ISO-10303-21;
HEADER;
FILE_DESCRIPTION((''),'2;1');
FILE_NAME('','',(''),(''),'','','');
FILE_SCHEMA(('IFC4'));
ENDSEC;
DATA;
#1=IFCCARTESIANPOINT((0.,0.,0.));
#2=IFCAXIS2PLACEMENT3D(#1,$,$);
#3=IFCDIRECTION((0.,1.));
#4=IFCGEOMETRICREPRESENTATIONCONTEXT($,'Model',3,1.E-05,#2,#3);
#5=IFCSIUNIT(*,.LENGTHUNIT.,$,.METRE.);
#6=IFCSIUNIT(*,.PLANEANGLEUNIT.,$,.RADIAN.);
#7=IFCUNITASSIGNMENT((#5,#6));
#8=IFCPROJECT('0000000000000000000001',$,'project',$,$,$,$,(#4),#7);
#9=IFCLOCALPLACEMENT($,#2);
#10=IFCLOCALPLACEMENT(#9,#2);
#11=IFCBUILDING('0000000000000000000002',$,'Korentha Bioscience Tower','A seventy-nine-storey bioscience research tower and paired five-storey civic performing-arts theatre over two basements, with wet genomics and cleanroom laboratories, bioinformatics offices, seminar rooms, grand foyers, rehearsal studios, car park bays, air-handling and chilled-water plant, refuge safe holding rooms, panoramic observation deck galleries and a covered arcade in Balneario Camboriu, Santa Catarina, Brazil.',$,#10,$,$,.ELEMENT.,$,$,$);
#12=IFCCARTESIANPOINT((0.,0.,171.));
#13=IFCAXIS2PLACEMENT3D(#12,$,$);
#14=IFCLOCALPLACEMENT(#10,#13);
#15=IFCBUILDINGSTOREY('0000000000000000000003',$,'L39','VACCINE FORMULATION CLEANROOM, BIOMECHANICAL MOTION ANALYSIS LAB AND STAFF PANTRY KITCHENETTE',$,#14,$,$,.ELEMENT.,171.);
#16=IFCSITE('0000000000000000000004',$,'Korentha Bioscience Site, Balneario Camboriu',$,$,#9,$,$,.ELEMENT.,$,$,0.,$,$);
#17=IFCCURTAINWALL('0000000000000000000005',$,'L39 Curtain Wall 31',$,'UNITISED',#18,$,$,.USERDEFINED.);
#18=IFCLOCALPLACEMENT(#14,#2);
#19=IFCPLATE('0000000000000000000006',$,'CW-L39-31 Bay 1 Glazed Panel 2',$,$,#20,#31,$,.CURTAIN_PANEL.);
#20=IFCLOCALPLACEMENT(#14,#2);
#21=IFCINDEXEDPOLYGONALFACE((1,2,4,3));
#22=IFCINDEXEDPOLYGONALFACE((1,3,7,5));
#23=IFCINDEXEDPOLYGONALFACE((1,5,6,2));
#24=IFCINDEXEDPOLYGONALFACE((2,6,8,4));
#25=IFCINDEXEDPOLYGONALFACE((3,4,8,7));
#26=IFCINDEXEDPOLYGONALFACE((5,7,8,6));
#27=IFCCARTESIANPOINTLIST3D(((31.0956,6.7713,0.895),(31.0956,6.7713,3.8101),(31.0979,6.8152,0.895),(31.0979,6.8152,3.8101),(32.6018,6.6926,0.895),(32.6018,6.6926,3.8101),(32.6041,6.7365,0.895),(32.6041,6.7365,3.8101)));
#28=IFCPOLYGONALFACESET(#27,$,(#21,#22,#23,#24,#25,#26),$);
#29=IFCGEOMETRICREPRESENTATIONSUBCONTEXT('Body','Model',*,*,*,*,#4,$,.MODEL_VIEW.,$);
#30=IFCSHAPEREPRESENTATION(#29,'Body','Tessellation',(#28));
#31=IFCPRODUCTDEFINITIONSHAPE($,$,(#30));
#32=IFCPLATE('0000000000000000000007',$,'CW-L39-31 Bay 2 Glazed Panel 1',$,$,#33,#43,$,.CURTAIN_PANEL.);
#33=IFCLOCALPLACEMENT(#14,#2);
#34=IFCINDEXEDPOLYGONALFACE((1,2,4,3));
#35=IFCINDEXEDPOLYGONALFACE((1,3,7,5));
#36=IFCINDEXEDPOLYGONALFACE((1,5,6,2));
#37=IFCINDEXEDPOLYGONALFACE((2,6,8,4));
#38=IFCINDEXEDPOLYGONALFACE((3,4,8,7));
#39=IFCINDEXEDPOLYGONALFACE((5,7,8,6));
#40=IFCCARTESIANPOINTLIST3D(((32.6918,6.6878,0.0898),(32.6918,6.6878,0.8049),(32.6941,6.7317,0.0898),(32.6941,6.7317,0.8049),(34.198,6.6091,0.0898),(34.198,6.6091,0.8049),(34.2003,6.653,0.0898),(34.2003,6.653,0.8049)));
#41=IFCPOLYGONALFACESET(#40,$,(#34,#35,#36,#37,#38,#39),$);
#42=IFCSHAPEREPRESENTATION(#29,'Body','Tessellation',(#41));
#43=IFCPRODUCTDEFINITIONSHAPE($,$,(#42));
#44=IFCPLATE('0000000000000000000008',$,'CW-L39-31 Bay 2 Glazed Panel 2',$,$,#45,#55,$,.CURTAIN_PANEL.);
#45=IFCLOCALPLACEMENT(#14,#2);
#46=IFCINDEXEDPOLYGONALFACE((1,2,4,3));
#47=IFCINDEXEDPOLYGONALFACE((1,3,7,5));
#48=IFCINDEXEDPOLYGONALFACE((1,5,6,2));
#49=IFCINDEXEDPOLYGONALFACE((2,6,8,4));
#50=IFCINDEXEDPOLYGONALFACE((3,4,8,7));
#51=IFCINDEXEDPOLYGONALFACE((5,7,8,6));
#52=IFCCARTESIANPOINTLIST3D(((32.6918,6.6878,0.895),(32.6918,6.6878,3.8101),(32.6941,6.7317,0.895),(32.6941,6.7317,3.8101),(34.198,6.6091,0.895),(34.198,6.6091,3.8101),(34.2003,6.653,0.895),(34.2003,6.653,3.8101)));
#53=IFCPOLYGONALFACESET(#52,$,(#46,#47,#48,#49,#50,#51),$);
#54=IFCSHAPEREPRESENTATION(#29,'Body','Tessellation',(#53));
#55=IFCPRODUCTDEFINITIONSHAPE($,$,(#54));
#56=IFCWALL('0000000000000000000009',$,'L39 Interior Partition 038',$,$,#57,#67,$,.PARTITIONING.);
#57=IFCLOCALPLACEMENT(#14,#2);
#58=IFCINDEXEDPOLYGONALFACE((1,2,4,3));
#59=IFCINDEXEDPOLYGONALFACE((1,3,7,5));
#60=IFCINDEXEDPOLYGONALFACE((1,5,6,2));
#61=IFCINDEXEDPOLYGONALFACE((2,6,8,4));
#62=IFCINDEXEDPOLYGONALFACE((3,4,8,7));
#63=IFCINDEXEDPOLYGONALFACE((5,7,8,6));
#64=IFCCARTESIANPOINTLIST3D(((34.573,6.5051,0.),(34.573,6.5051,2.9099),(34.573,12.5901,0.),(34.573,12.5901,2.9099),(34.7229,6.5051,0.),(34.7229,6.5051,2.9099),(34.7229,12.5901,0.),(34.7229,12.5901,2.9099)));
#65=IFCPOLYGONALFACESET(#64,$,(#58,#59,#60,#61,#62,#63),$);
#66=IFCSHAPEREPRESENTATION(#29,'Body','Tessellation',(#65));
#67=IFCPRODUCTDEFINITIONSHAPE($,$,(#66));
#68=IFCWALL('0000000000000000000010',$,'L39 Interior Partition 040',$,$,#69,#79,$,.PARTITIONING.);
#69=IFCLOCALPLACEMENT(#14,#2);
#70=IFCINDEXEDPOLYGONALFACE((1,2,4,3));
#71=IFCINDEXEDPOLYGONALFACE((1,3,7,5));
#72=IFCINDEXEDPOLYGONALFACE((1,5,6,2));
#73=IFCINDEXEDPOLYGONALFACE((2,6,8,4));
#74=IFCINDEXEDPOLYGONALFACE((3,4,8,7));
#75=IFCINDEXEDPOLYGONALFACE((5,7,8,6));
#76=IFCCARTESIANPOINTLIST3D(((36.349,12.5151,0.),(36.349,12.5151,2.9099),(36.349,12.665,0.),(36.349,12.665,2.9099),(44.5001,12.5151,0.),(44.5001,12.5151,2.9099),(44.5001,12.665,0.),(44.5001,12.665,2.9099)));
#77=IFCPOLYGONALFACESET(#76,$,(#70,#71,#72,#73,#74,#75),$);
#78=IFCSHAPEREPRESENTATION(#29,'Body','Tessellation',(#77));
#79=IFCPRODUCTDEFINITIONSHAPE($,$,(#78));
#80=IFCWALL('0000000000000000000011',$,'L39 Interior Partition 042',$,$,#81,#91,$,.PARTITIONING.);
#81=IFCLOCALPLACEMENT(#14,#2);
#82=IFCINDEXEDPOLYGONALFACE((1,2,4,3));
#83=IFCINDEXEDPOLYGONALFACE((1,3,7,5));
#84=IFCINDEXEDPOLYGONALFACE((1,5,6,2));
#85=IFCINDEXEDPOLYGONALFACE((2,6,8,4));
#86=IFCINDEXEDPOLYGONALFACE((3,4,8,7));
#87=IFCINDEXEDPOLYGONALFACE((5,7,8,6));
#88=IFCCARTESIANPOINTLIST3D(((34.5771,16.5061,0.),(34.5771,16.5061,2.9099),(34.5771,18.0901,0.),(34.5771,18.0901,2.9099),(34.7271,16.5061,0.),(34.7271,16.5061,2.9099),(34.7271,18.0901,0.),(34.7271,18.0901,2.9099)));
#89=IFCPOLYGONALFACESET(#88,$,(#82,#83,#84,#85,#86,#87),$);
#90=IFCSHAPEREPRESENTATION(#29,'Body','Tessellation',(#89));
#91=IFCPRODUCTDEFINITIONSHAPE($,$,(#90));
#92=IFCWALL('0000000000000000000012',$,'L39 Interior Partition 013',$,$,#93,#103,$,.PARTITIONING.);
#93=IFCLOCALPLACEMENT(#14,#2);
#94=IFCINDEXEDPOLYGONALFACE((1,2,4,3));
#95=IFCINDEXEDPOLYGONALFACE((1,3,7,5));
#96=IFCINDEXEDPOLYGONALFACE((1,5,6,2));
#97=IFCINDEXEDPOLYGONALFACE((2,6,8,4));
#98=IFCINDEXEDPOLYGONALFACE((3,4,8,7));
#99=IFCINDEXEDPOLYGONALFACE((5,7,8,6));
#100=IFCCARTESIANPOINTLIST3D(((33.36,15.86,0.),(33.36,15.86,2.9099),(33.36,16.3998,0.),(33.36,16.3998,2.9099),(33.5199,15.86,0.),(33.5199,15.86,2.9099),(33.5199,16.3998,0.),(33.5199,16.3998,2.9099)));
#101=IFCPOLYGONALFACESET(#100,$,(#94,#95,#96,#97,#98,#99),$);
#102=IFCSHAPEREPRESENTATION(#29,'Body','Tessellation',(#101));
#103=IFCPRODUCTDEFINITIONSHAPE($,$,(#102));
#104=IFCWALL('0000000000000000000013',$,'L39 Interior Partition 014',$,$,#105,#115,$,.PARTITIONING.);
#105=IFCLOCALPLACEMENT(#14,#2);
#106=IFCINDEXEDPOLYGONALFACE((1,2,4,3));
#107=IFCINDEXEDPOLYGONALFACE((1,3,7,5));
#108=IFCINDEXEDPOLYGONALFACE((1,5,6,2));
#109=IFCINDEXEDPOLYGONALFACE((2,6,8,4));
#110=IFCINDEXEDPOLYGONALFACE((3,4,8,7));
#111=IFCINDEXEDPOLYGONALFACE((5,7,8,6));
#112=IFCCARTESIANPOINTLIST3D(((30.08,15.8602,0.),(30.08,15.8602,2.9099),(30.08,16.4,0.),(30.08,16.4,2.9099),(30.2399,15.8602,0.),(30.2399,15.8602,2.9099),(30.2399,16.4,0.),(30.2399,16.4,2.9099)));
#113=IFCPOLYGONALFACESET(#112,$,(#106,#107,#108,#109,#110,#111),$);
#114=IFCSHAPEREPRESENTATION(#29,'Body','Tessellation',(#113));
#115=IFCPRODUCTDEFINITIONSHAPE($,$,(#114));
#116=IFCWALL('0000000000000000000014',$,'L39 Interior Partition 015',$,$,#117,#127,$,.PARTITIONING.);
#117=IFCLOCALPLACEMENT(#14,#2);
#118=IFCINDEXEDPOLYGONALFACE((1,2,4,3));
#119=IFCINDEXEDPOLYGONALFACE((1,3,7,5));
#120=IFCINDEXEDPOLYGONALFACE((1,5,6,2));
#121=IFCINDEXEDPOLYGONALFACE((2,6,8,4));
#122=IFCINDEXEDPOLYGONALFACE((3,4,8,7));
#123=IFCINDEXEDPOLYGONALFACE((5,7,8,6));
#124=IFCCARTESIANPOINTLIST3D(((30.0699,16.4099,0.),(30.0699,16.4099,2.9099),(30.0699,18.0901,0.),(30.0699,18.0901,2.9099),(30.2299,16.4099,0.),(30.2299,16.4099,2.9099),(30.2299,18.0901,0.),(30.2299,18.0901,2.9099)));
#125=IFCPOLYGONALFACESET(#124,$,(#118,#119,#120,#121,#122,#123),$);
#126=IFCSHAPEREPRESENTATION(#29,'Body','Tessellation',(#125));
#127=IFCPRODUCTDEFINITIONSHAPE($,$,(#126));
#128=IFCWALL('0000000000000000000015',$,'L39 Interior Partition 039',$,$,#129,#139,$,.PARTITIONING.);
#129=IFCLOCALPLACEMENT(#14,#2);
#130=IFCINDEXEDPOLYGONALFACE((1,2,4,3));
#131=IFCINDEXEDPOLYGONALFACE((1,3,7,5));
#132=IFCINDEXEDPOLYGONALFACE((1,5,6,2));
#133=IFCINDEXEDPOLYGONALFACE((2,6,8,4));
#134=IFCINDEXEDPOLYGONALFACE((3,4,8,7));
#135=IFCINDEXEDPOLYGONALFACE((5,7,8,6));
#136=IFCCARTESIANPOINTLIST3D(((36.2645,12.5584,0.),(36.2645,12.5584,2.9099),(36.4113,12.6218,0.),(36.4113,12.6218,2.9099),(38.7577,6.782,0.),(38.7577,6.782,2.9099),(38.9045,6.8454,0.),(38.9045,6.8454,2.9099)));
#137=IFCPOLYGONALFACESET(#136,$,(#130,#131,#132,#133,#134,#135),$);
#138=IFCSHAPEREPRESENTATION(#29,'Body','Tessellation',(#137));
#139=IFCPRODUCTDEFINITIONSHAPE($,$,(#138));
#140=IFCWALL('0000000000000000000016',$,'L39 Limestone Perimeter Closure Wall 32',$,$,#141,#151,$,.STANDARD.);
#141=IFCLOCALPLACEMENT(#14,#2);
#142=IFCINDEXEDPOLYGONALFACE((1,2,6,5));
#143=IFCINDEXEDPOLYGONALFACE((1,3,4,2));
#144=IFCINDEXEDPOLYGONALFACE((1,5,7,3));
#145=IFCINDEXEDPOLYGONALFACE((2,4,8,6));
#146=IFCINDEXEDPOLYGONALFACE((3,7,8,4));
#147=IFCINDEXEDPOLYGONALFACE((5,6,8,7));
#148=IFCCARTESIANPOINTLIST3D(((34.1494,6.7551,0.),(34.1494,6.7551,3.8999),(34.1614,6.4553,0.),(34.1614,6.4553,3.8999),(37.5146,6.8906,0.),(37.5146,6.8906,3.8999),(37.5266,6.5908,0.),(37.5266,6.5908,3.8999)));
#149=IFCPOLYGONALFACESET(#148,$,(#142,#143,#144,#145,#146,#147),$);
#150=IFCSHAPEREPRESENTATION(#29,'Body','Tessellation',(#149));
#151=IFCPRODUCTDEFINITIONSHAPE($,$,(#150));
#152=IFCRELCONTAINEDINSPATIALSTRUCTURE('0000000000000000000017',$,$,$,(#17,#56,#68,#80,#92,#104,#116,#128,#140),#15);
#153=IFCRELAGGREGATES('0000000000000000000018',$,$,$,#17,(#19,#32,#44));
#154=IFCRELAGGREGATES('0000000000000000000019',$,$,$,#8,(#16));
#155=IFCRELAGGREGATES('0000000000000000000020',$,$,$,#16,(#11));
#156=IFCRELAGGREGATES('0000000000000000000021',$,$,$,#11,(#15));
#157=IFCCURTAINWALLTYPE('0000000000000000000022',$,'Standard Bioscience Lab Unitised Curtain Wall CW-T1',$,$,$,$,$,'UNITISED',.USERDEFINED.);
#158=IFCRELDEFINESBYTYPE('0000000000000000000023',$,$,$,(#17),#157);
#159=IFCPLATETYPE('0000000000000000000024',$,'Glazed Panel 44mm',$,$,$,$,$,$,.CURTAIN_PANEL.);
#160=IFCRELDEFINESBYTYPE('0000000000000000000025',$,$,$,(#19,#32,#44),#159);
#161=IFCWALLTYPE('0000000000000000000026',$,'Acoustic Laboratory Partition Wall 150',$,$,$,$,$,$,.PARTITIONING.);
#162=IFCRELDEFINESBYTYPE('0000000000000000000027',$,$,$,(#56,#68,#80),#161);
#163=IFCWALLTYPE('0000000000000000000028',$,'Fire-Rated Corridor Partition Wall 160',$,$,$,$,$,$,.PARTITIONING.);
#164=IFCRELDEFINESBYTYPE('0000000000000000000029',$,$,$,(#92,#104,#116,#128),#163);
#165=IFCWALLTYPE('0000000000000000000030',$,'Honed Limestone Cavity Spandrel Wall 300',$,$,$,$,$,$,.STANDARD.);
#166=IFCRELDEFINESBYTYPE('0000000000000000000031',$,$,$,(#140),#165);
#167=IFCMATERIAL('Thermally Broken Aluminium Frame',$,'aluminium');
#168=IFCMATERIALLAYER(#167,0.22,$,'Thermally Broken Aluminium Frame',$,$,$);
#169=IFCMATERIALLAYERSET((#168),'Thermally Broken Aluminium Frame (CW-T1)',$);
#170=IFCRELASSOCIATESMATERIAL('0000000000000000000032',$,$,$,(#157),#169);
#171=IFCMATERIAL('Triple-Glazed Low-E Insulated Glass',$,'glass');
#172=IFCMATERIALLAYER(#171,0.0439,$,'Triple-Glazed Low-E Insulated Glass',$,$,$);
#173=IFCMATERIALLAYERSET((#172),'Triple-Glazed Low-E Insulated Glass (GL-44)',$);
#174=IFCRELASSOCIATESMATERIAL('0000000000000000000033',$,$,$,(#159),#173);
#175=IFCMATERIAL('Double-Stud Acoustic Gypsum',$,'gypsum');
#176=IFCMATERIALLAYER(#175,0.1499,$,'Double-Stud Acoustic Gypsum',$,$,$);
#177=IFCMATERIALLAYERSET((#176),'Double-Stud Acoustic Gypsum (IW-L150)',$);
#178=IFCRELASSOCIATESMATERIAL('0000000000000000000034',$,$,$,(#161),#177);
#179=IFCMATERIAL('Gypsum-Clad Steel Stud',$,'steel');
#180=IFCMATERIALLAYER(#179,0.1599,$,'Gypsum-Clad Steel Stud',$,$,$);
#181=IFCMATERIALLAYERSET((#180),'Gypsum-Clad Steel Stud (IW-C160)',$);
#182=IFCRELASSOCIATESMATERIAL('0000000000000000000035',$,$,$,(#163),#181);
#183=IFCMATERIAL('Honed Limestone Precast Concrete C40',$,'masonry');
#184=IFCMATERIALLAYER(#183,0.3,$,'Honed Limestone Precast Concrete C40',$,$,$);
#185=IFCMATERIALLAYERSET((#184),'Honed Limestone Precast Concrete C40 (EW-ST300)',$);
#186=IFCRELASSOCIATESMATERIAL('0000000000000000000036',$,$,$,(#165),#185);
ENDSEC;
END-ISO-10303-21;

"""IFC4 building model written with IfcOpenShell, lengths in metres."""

from ifc_helpers import new_model, si_unit, direction, frame, frame_2d, origin, origin_2d, place, context, subcontext, project, spatial, rectangle, extrude, material, layer, layer_set, type_object, element, aggregate, save


model = new_model("IFC4")

# Units and contexts
model_context = context("Model", 3, precision=1e-05, world=origin(), true_north=direction((0.0, 1.0)))
body_context = subcontext(model_context, "Body", "Model", "MODEL_VIEW")
ifc_project = project(units=[si_unit("LENGTHUNIT", "METRE"), si_unit("PLANEANGLEUNIT", "RADIAN")], contexts=[model_context])

# Site, building, storey
site_placement = place(None, origin())
site = spatial("IfcSite", under=ifc_project, at=site_placement, Name="Korentha Bioscience Site, Balneario Camboriu", CompositionType="ELEMENT", RefElevation=0.0)
building_placement = place(site_placement, origin())
building = spatial("IfcBuilding", under=site, at=building_placement, Name="Korentha Bioscience Tower", Description="A seventy-nine-storey bioscience research tower and paired five-storey civic performing-arts theatre over two basements, with wet genomics and cleanroom laboratories, bioinformatics offices, seminar rooms, grand foyers, rehearsal studios, car park bays, air-handling and chilled-water plant, refuge safe holding rooms, panoramic observation deck galleries and a covered arcade in Balneario Camboriu, Santa Catarina, Brazil.", CompositionType="ELEMENT")
storey_placement = place(building_placement, frame((0.0, 0.0, 171.0)))
storey = spatial("IfcBuildingStorey", under=building, at=storey_placement, Name="L39", Description="VACCINE FORMULATION CLEANROOM, BIOMECHANICAL MOTION ANALYSIS LAB AND STAFF PANTRY KITCHENETTE", CompositionType="ELEMENT", Elevation=171.0)

# Curtain wall
ifc_material_1 = material(Name="Thermally Broken Aluminium Frame", Category="aluminium")
ifc_layer_1 = layer(ifc_material_1, 0.22, Name="Thermally Broken Aluminium Frame")
ifc_layer_set_1 = layer_set([ifc_layer_1], Name="Thermally Broken Aluminium Frame (CW-T1)")
curtain_wall_type = type_object("IfcCurtainWallType", Name="Standard Bioscience Lab Unitised Curtain Wall CW-T1", ElementType="UNITISED", PredefinedType="USERDEFINED", material=ifc_layer_set_1)
curtain_wall_placement = place(storey_placement, origin())
curtain_wall = element("IfcCurtainWall", 1, at=curtain_wall_placement, inside=storey, type_object=curtain_wall_type, Name="L39 Curtain Wall 31", ObjectType="UNITISED", PredefinedType="USERDEFINED")

# Plates
ifc_material_2 = material(Name="Triple-Glazed Low-E Insulated Glass", Category="glass")
ifc_layer_2 = layer(ifc_material_2, 0.0439, Name="Triple-Glazed Low-E Insulated Glass")
ifc_layer_set_2 = layer_set([ifc_layer_2], Name="Triple-Glazed Low-E Insulated Glass (GL-44)")
plate_type = type_object("IfcPlateType", Name="Glazed Panel 44mm", PredefinedType="CURTAIN_PANEL", material=ifc_layer_set_2)
plate_1_placement = place(storey_placement, frame((31.8499, 6.7539, 0.895), z_axis=(0.0, 0.0, 1.0), x_axis=(0.998638, -0.05218, 0.0)))
plate_1 = element("IfcPlate", 2, at=plate_1_placement, type_object=plate_type, Name="CW-L39-31 Bay 1 Glazed Panel 2", PredefinedType="CURTAIN_PANEL", context=body_context, shape_type="SweptSolid", body=[
    extrude(rectangle(XDim=1.5083, YDim=0.0439, at=origin_2d()), origin(), (0.0, 0.0, 1.0), 2.915),
])
plate_2_placement = place(storey_placement, frame((33.446, 6.6704, 0.0898), z_axis=(0.0, 0.0, 1.0), x_axis=(0.998638, -0.05218, 0.0)))
plate_2 = element("IfcPlate", 3, at=plate_2_placement, type_object=plate_type, Name="CW-L39-31 Bay 2 Glazed Panel 1", PredefinedType="CURTAIN_PANEL", context=body_context, shape_type="SweptSolid", body=[
    extrude(rectangle(XDim=1.5083, YDim=0.0439, at=origin_2d()), origin(), (0.0, 0.0, 1.0), 0.7151),
])
plate_3_placement = place(storey_placement, frame((33.446, 6.6704, 0.895), z_axis=(0.0, 0.0, 1.0), x_axis=(0.998638, -0.05218, 0.0)))
plate_3 = element("IfcPlate", 4, at=plate_3_placement, type_object=plate_type, Name="CW-L39-31 Bay 2 Glazed Panel 2", PredefinedType="CURTAIN_PANEL", context=body_context, shape_type="SweptSolid", body=[
    extrude(rectangle(XDim=1.5083, YDim=0.0439, at=origin_2d()), origin(), (0.0, 0.0, 1.0), 2.915),
])
aggregate(curtain_wall, [plate_1, plate_2, plate_3])

# Walls
ifc_material_3 = material(Name="Double-Stud Acoustic Gypsum", Category="gypsum")
ifc_layer_3 = layer(ifc_material_3, 0.1499, Name="Double-Stud Acoustic Gypsum")
ifc_layer_set_3 = layer_set([ifc_layer_3], Name="Double-Stud Acoustic Gypsum (IW-L150)")
wall_type_1 = type_object("IfcWallType", Name="Acoustic Laboratory Partition Wall 150", PredefinedType="PARTITIONING", material=ifc_layer_set_3)
wall_1_placement = place(storey_placement, frame((34.6479, 12.5901, 0.0), z_axis=(0.0, 0.0, 1.0), x_axis=(0.0, -1.0, 0.0)))
element("IfcWall", 5, at=wall_1_placement, inside=storey, type_object=wall_type_1, Name="L39 Interior Partition 038", PredefinedType="PARTITIONING", context=body_context, shape_type="SweptSolid", body=[
    extrude(rectangle(XDim=6.085, YDim=0.1499, at=frame_2d((3.0425, 0.0))), origin(), (0.0, 0.0, 1.0), 2.9099),
])
wall_2_placement = place(storey_placement, frame((36.3489, 12.5901, 0.0), z_axis=(0.0, 0.0, 1.0), x_axis=(1.0, 0.0, 0.0)))
element("IfcWall", 6, at=wall_2_placement, inside=storey, type_object=wall_type_1, Name="L39 Interior Partition 040", PredefinedType="PARTITIONING", context=body_context, shape_type="SweptSolid", body=[
    extrude(rectangle(XDim=8.1511, YDim=0.1499, at=frame_2d((4.0757, 0.0))), origin(), (0.0, 0.0, 1.0), 2.9099),
])
wall_3_placement = place(storey_placement, frame((34.6521, 16.5061, 0.0), z_axis=(0.0, 0.0, 1.0), x_axis=(0.0, 1.0, 0.0)))
element("IfcWall", 7, at=wall_3_placement, inside=storey, type_object=wall_type_1, Name="L39 Interior Partition 042", PredefinedType="PARTITIONING", context=body_context, shape_type="SweptSolid", body=[
    extrude(rectangle(XDim=1.584, YDim=0.1499, at=frame_2d((0.792, 0.0))), origin(), (0.0, 0.0, 1.0), 2.9099),
])

# Shared definitions
ifc_material_4 = material(Name="Gypsum-Clad Steel Stud", Category="steel")
ifc_layer_4 = layer(ifc_material_4, 0.1599, Name="Gypsum-Clad Steel Stud")
ifc_layer_set_4 = layer_set([ifc_layer_4], Name="Gypsum-Clad Steel Stud (IW-C160)")
wall_type_2 = type_object("IfcWallType", Name="Fire-Rated Corridor Partition Wall 160", PredefinedType="PARTITIONING", material=ifc_layer_set_4)

# Walls
for number, where, z_axis, x_axis, name in (
    (8, (33.4399, 16.3999, 0.0), (0.0, 0.0, 1.0), (0.0, -1.0, 0.0), "L39 Interior Partition 013"),
    (9, (30.1599, 15.8601, 0.0), (0.0, 0.0, 1.0), (0.0, 1.0, 0.0), "L39 Interior Partition 014"),
):
    element("IfcWall", number, at=place(storey_placement, frame(where, z_axis=z_axis, x_axis=x_axis)), inside=storey, type_object=wall_type_2, Name=name, PredefinedType="PARTITIONING", context=body_context, shape_type="SweptSolid", body=[
        extrude(rectangle(XDim=0.5398, YDim=0.1599, at=frame_2d((0.27, 0.0))), origin(), (0.0, 0.0, 1.0), 2.9099),
    ])
wall_4_placement = place(storey_placement, frame((30.1499, 16.4099, 0.0), z_axis=(0.0, 0.0, 1.0), x_axis=(0.0, 1.0, 0.0)))
element("IfcWall", 10, at=wall_4_placement, inside=storey, type_object=wall_type_2, Name="L39 Interior Partition 015", PredefinedType="PARTITIONING", context=body_context, shape_type="SweptSolid", body=[
    extrude(rectangle(XDim=1.6802, YDim=0.1599, at=frame_2d((0.8401, 0.0))), origin(), (0.0, 0.0, 1.0), 2.9099),
])
wall_5_placement = place(storey_placement, frame((36.3379, 12.5901, 0.0), z_axis=(0.0, 0.0, 1.0), x_axis=(0.396278, -0.91813, 0.0)))
element("IfcWall", 11, at=wall_5_placement, inside=storey, type_object=wall_type_2, Name="L39 Interior Partition 039", PredefinedType="PARTITIONING", context=body_context, shape_type="SweptSolid", body=[
    extrude(rectangle(XDim=6.2915, YDim=0.1599, at=frame_2d((3.1458, 0.0))), origin(), (0.0, 0.0, 1.0), 2.9099),
])
ifc_material_5 = material(Name="Honed Limestone Precast Concrete C40", Category="masonry")
ifc_layer_5 = layer(ifc_material_5, 0.3, Name="Honed Limestone Precast Concrete C40")
ifc_layer_set_5 = layer_set([ifc_layer_5], Name="Honed Limestone Precast Concrete C40 (EW-ST300)")
wall_type_3 = type_object("IfcWallType", Name="Honed Limestone Cavity Spandrel Wall 300", PredefinedType="STANDARD", material=ifc_layer_set_5)
wall_6_placement = place(storey_placement, frame((34.1553, 6.6052, 0.0), z_axis=(0.0, 0.0, 1.0), x_axis=(0.99919, 0.040231, 0.0)))
element("IfcWall", 12, at=wall_6_placement, inside=storey, type_object=wall_type_3, Name="L39 Limestone Perimeter Closure Wall 32", PredefinedType="STANDARD", context=body_context, shape_type="SweptSolid", body=[
    extrude(rectangle(XDim=3.3679, YDim=0.3, at=frame_2d((1.6841, 0.0))), origin(), (0.0, 0.0, 1.0), 3.8999),
])

save(model, "model.ifc")
